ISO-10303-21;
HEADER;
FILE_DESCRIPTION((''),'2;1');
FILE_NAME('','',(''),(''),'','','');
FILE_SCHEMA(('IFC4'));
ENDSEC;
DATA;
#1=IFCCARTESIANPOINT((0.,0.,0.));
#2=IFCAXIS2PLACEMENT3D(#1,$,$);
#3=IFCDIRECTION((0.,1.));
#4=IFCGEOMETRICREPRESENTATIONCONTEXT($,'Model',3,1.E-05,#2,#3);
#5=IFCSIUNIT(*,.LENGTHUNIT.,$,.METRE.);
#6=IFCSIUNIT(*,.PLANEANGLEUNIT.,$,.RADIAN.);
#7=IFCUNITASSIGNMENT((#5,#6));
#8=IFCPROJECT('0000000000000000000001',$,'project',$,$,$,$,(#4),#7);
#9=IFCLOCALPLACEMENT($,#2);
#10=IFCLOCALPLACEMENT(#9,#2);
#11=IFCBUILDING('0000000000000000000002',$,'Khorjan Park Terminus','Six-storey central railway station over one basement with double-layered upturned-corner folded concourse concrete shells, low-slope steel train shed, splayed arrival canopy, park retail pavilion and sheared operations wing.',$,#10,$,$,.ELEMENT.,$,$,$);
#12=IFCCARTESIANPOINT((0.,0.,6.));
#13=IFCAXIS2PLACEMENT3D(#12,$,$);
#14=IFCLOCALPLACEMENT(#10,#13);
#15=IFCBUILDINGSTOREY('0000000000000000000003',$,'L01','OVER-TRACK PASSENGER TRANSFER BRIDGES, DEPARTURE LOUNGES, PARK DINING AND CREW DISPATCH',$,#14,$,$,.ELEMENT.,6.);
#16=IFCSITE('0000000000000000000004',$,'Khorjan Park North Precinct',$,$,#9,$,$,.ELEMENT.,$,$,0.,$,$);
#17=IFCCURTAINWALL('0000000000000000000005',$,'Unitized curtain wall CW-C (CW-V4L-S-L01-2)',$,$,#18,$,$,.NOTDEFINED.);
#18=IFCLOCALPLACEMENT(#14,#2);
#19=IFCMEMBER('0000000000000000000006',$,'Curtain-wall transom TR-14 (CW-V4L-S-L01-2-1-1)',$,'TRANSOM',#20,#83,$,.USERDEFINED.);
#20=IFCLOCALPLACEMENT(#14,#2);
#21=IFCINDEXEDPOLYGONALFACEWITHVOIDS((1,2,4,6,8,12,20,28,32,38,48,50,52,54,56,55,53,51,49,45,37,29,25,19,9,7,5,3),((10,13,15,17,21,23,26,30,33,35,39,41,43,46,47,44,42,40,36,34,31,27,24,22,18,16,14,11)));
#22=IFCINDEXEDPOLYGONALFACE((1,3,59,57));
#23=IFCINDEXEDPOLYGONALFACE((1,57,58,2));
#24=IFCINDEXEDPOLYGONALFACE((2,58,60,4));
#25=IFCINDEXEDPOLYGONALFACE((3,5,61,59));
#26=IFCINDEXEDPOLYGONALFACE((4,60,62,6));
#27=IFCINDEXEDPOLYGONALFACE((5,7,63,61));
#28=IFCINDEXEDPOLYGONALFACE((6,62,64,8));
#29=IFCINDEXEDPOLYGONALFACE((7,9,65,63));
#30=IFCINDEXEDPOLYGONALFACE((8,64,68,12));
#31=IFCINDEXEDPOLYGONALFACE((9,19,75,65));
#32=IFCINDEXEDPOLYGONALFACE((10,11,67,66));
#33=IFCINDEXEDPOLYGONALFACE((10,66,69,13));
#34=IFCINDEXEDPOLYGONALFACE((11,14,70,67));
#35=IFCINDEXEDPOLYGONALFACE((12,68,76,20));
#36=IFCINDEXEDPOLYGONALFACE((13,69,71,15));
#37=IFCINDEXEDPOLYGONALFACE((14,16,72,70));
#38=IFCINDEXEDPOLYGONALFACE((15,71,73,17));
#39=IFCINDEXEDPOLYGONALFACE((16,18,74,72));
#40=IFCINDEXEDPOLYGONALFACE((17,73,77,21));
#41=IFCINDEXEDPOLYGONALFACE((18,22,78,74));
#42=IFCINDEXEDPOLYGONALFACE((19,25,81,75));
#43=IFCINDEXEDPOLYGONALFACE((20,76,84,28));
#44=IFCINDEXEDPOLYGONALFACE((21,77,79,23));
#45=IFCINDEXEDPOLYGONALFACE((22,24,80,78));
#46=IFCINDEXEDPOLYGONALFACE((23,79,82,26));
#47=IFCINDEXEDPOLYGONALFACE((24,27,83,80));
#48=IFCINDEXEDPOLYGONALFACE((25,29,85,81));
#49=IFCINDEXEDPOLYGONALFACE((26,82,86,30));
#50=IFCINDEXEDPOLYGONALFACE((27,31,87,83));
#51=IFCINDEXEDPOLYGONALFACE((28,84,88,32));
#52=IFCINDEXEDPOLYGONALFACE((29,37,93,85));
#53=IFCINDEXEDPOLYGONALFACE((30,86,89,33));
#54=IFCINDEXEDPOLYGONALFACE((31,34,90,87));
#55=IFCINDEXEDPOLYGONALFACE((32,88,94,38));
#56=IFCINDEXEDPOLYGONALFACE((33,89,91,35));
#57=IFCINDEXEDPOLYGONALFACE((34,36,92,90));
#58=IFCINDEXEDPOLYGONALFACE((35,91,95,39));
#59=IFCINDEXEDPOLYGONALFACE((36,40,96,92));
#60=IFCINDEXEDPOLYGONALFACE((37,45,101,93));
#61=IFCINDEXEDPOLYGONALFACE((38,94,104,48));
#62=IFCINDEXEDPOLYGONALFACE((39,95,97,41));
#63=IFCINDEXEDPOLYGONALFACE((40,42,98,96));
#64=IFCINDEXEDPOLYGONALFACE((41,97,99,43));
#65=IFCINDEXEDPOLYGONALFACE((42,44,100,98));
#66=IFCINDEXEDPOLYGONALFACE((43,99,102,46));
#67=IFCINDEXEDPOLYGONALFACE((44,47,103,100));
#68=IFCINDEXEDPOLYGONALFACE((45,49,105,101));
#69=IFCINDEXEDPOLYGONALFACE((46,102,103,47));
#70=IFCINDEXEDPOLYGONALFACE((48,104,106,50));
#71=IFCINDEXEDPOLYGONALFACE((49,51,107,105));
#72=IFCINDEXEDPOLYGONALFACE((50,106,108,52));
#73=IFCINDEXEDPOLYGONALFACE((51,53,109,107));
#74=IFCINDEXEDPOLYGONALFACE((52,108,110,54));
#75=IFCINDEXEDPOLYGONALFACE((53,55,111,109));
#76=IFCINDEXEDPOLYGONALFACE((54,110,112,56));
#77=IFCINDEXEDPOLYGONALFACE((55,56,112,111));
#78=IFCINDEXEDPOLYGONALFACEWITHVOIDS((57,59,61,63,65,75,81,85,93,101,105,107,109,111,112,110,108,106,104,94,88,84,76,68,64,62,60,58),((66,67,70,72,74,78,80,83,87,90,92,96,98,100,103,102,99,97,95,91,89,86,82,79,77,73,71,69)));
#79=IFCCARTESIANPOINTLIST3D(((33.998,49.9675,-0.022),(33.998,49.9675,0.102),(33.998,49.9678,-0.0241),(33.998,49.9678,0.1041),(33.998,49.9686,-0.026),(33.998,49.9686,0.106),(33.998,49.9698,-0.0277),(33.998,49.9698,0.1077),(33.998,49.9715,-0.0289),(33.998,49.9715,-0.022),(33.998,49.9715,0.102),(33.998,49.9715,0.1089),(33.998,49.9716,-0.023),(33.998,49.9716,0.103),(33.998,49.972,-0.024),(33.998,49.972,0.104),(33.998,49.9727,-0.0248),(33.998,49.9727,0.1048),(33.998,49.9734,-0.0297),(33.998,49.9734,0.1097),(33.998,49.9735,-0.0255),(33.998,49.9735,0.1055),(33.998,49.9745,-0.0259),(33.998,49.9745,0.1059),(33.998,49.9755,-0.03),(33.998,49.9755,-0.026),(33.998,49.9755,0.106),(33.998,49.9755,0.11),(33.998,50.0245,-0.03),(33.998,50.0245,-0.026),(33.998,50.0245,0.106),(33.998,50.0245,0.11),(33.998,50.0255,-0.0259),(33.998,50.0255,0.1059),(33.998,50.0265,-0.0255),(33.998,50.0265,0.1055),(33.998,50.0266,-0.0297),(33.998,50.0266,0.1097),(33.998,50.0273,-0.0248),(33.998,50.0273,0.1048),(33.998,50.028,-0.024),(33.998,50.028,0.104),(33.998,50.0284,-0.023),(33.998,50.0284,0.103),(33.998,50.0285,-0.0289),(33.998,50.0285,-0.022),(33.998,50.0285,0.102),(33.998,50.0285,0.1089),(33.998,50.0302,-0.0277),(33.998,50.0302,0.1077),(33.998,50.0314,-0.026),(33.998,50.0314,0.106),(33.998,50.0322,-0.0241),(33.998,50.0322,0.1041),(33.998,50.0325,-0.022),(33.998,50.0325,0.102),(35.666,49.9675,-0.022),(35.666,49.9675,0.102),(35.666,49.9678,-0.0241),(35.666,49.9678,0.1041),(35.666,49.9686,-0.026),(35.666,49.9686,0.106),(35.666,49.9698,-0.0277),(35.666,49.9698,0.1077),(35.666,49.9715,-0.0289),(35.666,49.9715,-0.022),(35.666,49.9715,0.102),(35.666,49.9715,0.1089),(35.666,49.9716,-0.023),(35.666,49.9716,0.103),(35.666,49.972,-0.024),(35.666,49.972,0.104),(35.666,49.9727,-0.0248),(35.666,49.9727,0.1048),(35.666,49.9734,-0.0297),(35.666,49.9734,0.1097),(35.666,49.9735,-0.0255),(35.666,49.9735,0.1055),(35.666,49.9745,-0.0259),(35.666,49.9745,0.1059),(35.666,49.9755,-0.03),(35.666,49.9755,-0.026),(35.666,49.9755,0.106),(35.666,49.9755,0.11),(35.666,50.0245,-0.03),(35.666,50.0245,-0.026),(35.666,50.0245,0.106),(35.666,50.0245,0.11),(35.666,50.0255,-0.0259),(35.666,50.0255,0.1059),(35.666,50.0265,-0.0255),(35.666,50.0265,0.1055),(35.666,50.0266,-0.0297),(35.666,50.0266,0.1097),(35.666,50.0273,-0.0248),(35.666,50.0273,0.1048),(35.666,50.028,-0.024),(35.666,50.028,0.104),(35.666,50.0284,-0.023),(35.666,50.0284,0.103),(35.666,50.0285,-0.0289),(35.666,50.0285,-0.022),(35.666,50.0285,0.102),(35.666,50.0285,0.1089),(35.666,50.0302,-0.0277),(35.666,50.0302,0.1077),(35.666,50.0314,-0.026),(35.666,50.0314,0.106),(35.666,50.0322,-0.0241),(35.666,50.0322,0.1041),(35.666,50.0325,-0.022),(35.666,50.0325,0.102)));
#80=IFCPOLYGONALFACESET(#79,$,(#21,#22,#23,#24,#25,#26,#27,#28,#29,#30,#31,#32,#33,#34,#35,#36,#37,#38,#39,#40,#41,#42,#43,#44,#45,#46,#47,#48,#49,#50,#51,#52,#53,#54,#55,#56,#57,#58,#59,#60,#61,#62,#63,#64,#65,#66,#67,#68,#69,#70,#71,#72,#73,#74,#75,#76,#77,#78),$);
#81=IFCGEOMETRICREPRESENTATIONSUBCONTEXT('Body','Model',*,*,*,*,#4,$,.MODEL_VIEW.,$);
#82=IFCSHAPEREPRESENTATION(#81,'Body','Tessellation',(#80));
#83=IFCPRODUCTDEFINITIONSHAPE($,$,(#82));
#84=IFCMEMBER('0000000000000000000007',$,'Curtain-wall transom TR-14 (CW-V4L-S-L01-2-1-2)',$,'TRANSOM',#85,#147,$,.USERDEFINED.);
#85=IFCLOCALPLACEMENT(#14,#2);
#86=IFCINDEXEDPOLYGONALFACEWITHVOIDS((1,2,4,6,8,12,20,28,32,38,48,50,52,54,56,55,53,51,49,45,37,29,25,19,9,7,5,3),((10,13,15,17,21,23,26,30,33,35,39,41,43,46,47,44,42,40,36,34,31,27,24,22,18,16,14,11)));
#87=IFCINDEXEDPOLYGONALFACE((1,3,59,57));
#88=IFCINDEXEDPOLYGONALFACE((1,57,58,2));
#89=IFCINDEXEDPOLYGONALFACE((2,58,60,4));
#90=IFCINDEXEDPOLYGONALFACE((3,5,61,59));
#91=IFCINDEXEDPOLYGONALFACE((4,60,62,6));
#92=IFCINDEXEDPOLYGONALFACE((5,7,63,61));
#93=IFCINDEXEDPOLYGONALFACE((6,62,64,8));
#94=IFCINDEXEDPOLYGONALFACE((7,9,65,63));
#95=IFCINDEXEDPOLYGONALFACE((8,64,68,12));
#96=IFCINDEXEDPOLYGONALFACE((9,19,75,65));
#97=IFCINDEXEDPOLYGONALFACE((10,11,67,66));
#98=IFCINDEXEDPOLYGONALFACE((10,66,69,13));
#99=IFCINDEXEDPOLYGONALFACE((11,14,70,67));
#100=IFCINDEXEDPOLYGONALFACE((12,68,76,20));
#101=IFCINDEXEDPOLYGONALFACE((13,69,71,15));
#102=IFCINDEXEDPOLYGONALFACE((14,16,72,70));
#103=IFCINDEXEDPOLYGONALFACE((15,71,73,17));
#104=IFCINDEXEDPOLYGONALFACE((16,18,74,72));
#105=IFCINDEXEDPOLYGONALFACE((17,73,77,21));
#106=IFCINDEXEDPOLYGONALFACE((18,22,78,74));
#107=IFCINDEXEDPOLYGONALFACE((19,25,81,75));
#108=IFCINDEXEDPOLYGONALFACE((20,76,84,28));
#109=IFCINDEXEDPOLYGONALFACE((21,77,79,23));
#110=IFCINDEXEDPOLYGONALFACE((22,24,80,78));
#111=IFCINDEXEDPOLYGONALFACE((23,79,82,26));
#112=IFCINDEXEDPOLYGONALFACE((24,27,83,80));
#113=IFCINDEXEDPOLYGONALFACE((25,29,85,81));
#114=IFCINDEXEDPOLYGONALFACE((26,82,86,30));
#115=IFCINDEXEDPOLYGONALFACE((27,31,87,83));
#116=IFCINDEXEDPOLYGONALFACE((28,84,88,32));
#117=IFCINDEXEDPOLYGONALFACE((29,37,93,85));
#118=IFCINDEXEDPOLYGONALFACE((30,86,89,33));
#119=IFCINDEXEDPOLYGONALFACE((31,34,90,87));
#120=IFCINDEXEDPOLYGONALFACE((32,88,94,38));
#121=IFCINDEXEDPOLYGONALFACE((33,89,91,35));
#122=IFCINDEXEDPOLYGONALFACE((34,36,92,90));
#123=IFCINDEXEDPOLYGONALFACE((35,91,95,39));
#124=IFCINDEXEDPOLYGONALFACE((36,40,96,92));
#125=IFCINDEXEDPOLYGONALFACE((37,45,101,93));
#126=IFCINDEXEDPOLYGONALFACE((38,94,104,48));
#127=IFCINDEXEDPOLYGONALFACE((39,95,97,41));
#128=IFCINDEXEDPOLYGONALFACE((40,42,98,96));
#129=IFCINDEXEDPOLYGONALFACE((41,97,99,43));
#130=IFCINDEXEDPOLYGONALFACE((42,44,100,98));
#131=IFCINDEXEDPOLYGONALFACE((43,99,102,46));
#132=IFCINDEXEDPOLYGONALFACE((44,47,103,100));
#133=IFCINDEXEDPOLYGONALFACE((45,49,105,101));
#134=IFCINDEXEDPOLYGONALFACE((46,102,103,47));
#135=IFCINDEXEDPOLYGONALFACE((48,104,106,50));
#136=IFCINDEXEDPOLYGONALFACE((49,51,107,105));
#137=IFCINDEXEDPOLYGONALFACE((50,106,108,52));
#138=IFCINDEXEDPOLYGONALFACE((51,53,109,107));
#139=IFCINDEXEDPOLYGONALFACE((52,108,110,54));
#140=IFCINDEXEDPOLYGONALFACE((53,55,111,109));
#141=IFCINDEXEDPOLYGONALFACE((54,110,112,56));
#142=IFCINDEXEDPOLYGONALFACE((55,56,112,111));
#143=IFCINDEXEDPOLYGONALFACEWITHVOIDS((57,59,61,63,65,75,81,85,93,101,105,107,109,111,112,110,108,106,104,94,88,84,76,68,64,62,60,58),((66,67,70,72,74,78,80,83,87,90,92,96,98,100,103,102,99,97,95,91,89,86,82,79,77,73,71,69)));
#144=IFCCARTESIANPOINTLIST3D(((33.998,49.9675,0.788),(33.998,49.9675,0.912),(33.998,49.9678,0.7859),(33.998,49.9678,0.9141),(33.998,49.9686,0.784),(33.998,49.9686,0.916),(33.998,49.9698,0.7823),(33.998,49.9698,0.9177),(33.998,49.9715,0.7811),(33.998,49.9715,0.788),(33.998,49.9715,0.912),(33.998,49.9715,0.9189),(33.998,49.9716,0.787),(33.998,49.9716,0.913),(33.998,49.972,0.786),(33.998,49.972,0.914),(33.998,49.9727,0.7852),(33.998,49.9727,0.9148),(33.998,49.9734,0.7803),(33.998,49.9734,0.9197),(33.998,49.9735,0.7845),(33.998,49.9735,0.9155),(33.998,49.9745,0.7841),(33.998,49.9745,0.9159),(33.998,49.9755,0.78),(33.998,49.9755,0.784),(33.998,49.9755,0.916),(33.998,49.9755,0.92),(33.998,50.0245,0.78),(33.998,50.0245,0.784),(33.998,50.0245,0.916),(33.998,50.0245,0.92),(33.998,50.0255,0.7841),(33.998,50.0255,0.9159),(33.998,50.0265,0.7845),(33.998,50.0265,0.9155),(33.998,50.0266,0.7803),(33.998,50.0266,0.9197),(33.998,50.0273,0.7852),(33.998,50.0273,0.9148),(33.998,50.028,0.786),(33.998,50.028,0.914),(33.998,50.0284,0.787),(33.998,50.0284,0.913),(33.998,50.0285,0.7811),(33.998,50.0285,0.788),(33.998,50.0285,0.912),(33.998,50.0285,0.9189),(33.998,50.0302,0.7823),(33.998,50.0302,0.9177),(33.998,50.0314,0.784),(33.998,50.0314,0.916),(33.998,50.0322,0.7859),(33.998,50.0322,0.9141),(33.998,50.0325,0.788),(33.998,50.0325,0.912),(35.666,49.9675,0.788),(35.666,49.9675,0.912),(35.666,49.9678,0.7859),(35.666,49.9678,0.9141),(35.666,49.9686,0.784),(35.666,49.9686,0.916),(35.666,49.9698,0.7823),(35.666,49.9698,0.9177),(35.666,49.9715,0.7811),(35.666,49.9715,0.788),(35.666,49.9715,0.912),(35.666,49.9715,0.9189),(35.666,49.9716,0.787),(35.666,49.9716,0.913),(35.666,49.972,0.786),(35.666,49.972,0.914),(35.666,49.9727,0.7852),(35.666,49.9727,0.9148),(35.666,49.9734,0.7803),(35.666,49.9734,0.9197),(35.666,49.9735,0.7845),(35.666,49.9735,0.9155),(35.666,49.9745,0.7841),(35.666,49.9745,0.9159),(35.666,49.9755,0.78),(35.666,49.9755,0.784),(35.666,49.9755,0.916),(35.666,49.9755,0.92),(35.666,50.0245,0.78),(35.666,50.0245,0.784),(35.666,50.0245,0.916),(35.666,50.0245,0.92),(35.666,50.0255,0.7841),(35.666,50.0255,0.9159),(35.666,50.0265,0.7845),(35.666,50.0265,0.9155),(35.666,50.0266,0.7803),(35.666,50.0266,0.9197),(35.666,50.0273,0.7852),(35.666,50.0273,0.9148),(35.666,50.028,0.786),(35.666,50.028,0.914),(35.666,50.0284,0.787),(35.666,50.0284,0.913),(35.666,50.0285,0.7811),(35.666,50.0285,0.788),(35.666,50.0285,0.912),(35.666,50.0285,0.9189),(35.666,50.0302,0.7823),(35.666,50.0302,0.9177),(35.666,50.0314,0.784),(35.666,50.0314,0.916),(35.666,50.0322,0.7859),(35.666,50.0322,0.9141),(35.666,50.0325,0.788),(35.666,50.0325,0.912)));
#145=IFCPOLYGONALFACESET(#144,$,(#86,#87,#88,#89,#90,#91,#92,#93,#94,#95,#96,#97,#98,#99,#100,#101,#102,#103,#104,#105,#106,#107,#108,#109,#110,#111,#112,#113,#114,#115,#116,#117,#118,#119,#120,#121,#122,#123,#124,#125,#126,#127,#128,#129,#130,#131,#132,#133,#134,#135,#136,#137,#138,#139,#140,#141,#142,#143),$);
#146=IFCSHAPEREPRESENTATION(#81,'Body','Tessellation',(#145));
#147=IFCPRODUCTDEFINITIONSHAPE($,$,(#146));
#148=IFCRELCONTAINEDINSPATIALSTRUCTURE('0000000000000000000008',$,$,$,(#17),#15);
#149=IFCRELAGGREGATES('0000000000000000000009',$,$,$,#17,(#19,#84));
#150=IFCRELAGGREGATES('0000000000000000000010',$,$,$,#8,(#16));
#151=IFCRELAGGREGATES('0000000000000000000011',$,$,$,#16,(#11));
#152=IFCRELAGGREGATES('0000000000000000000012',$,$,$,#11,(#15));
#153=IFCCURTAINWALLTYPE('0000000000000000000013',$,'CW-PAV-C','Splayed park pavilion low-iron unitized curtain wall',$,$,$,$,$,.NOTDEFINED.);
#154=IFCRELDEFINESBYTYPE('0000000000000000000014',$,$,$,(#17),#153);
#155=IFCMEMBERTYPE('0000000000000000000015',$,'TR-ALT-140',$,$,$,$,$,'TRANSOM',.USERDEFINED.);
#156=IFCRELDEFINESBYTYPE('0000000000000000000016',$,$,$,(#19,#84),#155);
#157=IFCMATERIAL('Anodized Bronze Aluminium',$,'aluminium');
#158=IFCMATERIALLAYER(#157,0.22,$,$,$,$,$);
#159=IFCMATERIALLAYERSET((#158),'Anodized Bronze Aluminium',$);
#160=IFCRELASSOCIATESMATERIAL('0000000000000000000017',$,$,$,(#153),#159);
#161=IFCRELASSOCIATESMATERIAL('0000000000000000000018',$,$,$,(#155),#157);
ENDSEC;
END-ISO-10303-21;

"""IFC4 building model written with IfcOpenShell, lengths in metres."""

from ifc_helpers import new_model, si_unit, direction, frame, origin, origin_2d, place, context, subcontext, project, spatial, hollow_rectangle, extrude, material, layer, layer_set, material_profile, profile_set, type_object, element, aggregate, save


model = new_model("IFC4")

# Units and contexts
model_context = context("Model", 3, precision=1e-05, world=origin(), true_north=direction((0.0, 1.0)))
body_context = subcontext(model_context, "Body", "Model", "MODEL_VIEW")
ifc_project = project(units=[si_unit("LENGTHUNIT", "METRE"), si_unit("PLANEANGLEUNIT", "RADIAN")], contexts=[model_context])

# Site, building, storey
site_placement = place(None, origin())
site = spatial("IfcSite", under=ifc_project, at=site_placement, Name="Khorjan Park North Precinct", CompositionType="ELEMENT", RefElevation=0.0)
building_placement = place(site_placement, origin())
building = spatial("IfcBuilding", under=site, at=building_placement, Name="Khorjan Park Terminus", Description="Six-storey central railway station over one basement with double-layered upturned-corner folded concourse concrete shells, low-slope steel train shed, splayed arrival canopy, park retail pavilion and sheared operations wing.", CompositionType="ELEMENT")
storey_placement = place(building_placement, frame((0.0, 0.0, 6.0)))
storey = spatial("IfcBuildingStorey", under=building, at=storey_placement, Name="L01", Description="OVER-TRACK PASSENGER TRANSFER BRIDGES, DEPARTURE LOUNGES, PARK DINING AND CREW DISPATCH", CompositionType="ELEMENT", Elevation=6.0)

# Curtain wall, members
ifc_material_1 = material(Name="Anodized Bronze Aluminium", Category="aluminium")
ifc_layer_1 = layer(ifc_material_1, 0.22)
ifc_layer_set_1 = layer_set([ifc_layer_1], Name="Anodized Bronze Aluminium")
curtain_wall_type = type_object("IfcCurtainWallType", Name="CW-PAV-C", Description="Splayed park pavilion low-iron unitized curtain wall", PredefinedType="NOTDEFINED", material=ifc_layer_set_1)
curtain_wall_placement = place(storey_placement, origin())
curtain_wall = element("IfcCurtainWall", 1, at=curtain_wall_placement, inside=storey, type_object=curtain_wall_type, Name="Unitized curtain wall CW-C (CW-V4L-S-L01-2)", PredefinedType="NOTDEFINED")
ifc_material_profile_1 = material_profile(ifc_material_1, hollow_rectangle(XDim=0.065, YDim=0.14, WallThickness=0.004, InnerFilletRadius=0.004, OuterFilletRadius=0.008, at=origin_2d()), Name="ALT 65x140x4")
ifc_profile_set_1 = profile_set([ifc_material_profile_1], Name="Anodized Bronze Aluminium")
member_type_1 = type_object("IfcMemberType", Name="TR-ALT-140", ElementType="TRANSOM", PredefinedType="USERDEFINED", material=ifc_profile_set_1)
member_1_placement = place(storey_placement, frame((33.998, 50.0, 0.04), z_axis=(1.0, 0.0, 0.0), x_axis=(0.0, 1.0, 0.0)))
member_1 = element("IfcMember", 2, at=member_1_placement, type_object=member_type_1, Name="Curtain-wall transom TR-14 (CW-V4L-S-L01-2-1-1)", ObjectType="TRANSOM", PredefinedType="USERDEFINED", context=body_context, shape_type="SweptSolid", body=[
    extrude(hollow_rectangle(XDim=0.065, YDim=0.14, WallThickness=0.004, InnerFilletRadius=0.004, OuterFilletRadius=0.008, at=origin_2d()), origin(), (0.0, 0.0, 1.0), 1.668),
])
member_2_placement = place(storey_placement, frame((33.998, 50.0, 0.85), z_axis=(1.0, 0.0, 0.0), x_axis=(0.0, 1.0, 0.0)))
member_2 = element("IfcMember", 3, at=member_2_placement, type_object=member_type_1, Name="Curtain-wall transom TR-14 (CW-V4L-S-L01-2-1-2)", ObjectType="TRANSOM", PredefinedType="USERDEFINED", context=body_context, shape_type="SweptSolid", body=[
    extrude(hollow_rectangle(XDim=0.065, YDim=0.14, WallThickness=0.004, InnerFilletRadius=0.004, OuterFilletRadius=0.008, at=origin_2d()), origin(), (0.0, 0.0, 1.0), 1.668),
])
aggregate(curtain_wall, [member_1, member_2])

save(model, "model.ifc")
